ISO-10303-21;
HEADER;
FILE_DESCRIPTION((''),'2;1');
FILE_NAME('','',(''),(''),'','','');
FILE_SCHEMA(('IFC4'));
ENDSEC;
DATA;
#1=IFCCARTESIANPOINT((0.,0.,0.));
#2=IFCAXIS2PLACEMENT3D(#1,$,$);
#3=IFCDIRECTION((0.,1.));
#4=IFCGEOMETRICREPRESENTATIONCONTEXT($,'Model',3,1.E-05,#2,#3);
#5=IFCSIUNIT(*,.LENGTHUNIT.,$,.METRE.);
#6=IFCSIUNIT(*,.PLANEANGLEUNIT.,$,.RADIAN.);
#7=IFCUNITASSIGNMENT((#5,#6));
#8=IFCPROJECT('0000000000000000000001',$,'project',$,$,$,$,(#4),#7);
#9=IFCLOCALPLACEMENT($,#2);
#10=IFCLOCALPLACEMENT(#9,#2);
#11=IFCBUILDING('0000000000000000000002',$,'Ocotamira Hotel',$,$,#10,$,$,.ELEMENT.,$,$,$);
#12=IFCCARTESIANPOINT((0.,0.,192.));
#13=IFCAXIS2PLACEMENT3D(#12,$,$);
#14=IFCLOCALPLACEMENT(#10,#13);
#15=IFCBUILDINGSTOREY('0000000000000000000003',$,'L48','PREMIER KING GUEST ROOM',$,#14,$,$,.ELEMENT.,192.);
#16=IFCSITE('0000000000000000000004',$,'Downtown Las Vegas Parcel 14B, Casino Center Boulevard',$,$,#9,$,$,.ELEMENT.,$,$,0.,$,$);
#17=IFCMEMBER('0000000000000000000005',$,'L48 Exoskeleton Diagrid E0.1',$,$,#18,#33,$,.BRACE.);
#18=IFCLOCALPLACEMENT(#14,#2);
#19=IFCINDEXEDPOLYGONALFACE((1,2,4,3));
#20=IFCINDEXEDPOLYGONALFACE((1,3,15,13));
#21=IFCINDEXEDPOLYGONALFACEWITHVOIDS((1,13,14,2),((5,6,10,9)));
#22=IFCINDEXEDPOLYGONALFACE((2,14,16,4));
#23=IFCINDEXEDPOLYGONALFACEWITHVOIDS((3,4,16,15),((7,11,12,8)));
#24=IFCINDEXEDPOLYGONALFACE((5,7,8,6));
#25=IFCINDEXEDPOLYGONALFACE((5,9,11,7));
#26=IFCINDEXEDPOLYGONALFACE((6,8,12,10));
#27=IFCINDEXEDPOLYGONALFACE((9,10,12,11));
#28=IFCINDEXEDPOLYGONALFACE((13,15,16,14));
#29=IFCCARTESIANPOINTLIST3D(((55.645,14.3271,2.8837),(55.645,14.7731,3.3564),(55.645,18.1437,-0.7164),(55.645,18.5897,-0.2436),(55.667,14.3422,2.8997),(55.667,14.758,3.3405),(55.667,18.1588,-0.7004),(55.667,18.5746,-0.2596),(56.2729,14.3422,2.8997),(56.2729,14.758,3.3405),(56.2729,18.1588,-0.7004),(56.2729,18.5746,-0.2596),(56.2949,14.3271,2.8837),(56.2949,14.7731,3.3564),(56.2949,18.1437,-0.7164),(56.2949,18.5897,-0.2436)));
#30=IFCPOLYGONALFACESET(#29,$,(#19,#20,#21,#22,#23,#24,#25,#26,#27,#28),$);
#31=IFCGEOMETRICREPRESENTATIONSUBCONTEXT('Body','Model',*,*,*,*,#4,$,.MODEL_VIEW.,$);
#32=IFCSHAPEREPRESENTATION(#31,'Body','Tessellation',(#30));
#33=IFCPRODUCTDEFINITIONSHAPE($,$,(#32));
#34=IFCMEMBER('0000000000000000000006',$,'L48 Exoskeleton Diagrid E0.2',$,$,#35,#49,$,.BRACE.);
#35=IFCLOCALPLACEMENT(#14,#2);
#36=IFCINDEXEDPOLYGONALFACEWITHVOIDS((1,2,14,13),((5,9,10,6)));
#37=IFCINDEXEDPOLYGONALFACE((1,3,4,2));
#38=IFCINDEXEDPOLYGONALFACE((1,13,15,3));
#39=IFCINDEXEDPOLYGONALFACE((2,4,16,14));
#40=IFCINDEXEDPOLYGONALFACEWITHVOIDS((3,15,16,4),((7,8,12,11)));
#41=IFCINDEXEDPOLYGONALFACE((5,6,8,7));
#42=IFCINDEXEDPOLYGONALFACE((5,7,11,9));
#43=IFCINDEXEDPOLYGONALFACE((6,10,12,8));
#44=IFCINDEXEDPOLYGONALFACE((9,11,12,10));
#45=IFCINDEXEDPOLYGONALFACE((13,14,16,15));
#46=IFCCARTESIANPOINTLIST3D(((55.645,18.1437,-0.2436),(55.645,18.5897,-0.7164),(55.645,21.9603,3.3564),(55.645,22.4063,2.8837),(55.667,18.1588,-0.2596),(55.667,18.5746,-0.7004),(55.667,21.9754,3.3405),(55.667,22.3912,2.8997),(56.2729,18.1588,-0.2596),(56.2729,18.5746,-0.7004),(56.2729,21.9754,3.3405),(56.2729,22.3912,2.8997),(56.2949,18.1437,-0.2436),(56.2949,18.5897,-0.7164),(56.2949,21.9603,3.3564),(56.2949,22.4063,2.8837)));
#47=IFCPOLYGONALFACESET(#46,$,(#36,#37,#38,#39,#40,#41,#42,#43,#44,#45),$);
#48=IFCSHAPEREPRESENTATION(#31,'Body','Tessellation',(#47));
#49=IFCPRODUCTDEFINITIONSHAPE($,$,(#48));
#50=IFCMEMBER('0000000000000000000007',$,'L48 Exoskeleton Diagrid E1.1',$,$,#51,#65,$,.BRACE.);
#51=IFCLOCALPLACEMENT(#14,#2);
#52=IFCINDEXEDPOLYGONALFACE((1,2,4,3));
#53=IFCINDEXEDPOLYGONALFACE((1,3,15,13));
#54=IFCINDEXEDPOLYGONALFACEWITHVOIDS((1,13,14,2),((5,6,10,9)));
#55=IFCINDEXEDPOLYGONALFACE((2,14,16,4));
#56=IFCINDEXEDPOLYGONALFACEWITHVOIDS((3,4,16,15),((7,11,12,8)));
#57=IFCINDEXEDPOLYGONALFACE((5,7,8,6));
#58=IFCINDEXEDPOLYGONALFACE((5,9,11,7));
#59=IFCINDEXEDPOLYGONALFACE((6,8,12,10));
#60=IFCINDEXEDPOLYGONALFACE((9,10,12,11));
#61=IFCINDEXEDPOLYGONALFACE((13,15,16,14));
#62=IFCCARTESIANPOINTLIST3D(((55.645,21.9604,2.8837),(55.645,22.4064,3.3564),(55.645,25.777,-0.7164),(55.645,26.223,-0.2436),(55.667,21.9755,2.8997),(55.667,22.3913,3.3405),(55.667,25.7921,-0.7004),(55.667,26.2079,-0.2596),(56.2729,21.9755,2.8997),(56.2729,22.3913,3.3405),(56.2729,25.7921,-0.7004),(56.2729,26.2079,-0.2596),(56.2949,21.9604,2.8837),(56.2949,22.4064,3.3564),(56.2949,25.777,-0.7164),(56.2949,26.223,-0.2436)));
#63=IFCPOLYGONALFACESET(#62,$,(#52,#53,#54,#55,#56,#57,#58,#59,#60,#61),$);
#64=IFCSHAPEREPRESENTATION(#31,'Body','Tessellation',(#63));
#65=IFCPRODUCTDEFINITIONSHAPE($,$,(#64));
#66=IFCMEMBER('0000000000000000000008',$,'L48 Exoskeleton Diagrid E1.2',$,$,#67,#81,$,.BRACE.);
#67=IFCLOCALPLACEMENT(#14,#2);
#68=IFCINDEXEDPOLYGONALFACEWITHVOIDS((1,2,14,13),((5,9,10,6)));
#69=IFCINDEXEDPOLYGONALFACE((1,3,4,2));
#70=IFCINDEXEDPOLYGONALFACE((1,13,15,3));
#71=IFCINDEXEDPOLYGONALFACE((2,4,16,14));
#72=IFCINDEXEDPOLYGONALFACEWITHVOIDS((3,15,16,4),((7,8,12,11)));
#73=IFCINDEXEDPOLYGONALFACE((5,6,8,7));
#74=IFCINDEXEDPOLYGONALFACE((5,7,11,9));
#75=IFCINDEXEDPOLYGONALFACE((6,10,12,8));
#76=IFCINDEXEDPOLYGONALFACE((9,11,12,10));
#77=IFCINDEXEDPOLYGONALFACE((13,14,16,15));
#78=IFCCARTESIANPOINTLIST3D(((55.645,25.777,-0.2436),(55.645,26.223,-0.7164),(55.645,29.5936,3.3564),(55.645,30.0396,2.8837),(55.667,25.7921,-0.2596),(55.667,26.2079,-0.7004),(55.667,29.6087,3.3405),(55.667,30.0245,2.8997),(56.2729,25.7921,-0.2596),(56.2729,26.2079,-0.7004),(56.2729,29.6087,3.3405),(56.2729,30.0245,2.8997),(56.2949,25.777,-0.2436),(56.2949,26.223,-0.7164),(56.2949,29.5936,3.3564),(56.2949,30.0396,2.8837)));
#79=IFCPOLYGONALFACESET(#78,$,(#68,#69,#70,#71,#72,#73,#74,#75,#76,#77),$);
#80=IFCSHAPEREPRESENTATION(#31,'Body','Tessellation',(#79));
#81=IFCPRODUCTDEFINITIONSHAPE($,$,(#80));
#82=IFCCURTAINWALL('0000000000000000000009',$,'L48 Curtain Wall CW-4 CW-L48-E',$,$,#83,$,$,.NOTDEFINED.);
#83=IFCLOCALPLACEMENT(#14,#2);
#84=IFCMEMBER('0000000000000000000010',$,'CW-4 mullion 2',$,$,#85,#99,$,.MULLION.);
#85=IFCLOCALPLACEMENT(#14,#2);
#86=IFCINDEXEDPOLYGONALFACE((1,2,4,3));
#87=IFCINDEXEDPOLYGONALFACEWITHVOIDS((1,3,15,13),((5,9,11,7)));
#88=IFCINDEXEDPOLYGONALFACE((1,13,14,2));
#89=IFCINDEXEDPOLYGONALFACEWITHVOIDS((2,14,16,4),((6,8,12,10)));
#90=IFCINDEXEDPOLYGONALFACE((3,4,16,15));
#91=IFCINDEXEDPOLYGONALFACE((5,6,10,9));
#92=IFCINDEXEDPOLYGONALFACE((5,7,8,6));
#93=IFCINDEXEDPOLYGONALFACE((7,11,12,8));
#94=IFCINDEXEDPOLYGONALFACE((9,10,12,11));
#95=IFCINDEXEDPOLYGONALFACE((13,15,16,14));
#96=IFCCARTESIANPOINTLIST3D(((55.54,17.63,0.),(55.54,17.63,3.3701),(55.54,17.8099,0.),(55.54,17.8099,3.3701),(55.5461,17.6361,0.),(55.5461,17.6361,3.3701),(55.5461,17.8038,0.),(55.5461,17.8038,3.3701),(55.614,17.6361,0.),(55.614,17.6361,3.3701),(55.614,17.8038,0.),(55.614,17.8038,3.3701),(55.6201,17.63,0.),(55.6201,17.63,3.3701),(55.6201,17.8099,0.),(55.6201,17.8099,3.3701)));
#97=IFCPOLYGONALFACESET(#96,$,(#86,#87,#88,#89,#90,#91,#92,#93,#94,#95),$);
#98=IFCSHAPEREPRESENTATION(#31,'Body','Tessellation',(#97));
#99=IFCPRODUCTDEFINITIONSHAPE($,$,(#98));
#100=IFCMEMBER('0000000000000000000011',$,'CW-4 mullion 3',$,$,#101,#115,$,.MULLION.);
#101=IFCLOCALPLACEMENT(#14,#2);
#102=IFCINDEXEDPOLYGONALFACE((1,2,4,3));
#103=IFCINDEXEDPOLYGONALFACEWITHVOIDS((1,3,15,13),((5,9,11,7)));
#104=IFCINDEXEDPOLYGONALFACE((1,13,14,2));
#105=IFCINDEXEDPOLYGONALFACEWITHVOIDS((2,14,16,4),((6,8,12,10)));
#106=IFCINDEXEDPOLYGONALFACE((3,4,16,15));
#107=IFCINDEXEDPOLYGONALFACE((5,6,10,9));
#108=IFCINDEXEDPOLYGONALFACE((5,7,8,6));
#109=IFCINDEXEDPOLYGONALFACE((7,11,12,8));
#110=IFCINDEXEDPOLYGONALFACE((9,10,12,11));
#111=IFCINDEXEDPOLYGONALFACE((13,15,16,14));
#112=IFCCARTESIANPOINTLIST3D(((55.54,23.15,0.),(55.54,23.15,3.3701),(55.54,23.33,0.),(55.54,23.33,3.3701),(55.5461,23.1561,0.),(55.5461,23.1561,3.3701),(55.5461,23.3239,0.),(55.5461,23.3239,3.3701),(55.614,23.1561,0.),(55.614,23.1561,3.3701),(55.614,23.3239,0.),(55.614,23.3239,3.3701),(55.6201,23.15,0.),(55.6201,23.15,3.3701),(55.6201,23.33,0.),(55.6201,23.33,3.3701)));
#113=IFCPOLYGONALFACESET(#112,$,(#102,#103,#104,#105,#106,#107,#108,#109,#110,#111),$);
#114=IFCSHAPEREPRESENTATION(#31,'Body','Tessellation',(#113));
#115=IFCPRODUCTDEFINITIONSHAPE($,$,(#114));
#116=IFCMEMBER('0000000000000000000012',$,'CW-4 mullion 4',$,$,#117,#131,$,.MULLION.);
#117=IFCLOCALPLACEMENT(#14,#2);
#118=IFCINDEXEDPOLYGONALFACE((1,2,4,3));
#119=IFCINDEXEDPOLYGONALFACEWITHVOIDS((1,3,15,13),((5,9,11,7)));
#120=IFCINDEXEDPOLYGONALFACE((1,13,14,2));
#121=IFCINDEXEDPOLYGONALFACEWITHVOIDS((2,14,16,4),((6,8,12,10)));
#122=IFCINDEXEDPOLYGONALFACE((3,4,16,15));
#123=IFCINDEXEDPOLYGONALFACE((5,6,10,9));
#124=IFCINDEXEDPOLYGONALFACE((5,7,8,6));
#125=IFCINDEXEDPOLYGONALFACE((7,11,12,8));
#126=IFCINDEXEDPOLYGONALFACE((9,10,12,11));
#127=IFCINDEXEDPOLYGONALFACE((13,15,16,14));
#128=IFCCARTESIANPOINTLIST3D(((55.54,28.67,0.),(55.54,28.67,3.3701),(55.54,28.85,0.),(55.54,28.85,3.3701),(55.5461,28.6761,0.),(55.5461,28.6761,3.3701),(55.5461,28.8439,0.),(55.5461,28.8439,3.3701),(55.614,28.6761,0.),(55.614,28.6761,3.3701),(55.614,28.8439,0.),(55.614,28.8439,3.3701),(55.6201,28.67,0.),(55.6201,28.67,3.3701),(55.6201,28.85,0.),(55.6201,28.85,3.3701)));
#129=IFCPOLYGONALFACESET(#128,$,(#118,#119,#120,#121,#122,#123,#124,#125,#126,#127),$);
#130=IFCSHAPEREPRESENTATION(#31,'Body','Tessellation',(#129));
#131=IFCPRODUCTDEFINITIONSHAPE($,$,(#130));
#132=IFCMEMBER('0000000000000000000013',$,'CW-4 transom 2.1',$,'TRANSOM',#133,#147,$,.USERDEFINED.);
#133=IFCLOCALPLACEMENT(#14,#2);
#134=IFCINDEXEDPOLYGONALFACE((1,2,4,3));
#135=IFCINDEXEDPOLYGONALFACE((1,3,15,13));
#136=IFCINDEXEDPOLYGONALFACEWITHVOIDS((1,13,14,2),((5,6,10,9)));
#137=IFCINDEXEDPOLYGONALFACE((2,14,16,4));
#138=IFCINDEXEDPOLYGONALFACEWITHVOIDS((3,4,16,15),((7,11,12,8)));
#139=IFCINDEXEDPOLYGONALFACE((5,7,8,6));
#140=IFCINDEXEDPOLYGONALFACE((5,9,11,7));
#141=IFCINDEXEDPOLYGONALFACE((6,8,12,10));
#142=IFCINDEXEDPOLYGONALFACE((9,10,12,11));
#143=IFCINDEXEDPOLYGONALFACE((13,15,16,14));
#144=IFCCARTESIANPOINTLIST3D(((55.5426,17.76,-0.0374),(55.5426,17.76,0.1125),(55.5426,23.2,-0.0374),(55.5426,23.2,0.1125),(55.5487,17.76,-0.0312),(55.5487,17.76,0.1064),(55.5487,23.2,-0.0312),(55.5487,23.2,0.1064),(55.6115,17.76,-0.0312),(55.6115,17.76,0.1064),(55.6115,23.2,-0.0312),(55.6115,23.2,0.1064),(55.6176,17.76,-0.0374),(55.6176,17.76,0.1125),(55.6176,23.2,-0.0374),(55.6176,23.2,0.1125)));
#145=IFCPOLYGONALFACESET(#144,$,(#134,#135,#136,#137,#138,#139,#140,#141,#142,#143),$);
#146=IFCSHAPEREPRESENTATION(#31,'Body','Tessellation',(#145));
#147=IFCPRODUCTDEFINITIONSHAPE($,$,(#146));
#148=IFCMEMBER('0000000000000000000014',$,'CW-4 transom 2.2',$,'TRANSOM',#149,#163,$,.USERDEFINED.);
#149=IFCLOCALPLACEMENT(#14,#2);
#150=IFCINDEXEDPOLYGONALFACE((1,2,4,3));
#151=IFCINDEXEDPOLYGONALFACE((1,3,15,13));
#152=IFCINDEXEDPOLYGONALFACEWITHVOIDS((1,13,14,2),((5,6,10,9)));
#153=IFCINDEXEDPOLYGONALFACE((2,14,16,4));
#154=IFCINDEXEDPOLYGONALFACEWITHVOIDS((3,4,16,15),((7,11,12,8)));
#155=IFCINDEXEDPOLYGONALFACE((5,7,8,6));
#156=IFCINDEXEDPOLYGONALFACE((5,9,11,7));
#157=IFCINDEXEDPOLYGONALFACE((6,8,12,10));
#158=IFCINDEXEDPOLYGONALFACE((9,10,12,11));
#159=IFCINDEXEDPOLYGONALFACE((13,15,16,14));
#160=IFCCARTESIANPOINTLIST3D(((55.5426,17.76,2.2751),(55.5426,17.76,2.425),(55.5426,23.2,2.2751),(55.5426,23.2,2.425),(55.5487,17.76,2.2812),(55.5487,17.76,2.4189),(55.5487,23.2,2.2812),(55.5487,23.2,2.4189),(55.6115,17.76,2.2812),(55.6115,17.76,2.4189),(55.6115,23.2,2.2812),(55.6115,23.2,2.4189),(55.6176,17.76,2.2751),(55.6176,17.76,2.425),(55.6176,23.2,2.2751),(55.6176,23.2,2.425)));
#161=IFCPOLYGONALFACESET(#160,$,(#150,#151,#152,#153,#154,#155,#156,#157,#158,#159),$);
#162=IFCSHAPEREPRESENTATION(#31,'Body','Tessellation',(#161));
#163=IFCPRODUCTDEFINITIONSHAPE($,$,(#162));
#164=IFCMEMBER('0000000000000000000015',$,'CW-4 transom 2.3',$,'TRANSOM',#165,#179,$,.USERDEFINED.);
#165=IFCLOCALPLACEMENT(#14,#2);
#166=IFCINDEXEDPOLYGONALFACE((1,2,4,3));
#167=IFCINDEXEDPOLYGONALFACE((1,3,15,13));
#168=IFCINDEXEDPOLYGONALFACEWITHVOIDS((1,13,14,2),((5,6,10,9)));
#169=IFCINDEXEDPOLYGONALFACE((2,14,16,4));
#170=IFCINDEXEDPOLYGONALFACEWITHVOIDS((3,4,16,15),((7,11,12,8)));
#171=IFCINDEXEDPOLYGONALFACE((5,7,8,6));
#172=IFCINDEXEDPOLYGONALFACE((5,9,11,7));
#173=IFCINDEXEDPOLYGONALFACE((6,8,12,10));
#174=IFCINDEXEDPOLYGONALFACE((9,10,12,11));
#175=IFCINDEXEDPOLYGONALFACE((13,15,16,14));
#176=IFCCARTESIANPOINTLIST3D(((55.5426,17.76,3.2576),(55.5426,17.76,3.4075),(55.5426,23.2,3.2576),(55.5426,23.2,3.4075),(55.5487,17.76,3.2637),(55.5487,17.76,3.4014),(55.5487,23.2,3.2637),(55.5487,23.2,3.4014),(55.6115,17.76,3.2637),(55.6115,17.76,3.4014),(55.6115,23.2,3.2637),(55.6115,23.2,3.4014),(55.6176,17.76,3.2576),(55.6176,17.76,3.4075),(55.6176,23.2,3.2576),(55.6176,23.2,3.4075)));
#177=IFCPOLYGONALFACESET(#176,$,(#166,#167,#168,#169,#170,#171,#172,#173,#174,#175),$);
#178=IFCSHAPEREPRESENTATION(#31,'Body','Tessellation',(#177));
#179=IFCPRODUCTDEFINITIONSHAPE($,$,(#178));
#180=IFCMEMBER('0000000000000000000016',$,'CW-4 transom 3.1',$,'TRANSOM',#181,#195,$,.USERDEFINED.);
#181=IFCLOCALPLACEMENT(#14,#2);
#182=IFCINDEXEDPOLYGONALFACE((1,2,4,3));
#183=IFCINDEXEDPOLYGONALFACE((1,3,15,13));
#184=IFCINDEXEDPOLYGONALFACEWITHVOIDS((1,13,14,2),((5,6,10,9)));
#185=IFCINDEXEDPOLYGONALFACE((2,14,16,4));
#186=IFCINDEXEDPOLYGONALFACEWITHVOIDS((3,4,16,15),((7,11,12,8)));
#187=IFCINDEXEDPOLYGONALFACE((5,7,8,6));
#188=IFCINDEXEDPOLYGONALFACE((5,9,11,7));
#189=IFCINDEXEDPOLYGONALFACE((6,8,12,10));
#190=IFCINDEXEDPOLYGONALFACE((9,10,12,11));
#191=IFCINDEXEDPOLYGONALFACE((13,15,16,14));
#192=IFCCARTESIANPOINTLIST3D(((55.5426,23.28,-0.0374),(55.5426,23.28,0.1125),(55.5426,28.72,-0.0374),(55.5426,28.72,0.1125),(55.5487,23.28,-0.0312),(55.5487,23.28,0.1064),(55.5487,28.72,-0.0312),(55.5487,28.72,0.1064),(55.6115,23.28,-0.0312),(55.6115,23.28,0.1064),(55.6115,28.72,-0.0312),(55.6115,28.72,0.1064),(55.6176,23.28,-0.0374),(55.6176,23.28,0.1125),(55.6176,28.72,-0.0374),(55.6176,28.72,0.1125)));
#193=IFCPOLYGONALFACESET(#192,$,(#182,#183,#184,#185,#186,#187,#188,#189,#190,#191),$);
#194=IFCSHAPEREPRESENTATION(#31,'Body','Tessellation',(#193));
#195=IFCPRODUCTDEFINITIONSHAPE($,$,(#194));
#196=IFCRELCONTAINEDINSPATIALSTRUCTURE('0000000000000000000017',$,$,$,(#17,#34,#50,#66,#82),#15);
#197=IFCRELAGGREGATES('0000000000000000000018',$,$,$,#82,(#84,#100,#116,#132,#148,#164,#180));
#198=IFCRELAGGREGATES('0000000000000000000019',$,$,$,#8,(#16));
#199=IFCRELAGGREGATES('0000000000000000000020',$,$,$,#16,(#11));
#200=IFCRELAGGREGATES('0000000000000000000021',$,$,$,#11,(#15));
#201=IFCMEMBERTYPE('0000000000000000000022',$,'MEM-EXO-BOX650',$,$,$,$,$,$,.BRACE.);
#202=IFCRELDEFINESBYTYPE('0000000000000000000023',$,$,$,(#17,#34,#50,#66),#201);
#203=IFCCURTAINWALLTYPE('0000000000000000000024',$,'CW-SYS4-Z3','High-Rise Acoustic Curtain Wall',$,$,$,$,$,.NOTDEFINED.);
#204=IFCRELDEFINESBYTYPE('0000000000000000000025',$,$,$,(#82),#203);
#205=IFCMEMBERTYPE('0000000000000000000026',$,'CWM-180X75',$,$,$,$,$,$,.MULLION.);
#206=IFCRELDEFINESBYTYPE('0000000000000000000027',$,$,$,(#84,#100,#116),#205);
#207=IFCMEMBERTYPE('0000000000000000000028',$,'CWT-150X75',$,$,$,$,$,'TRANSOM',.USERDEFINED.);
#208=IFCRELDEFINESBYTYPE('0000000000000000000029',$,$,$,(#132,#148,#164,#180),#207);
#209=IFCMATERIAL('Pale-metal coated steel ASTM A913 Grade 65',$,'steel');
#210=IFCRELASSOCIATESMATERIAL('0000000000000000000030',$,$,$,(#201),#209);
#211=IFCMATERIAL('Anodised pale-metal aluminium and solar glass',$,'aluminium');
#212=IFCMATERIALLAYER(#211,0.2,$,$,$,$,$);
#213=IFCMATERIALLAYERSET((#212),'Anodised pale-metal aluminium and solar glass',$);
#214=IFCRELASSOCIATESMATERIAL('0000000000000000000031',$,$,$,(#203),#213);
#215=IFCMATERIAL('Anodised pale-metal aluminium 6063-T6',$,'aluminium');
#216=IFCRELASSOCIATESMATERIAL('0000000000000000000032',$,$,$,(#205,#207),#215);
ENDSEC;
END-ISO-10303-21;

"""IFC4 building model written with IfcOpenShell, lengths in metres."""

from ifc_helpers import new_model, si_unit, direction, frame, origin, origin_2d, place, context, subcontext, project, spatial, hollow_rectangle, extrude, source, transform, mapped, material, layer, layer_set, material_profile, profile_set, type_object, element, aggregate, save


model = new_model("IFC4")

# Units and contexts
model_context = context("Model", 3, precision=1e-05, world=origin(), true_north=direction((0.0, 1.0)))
body_context = subcontext(model_context, "Body", "Model", "MODEL_VIEW")
ifc_project = project(units=[si_unit("LENGTHUNIT", "METRE"), si_unit("PLANEANGLEUNIT", "RADIAN")], contexts=[model_context])

# Site, building, storey
site_placement = place(None, origin())
site = spatial("IfcSite", under=ifc_project, at=site_placement, Name="Downtown Las Vegas Parcel 14B, Casino Center Boulevard", CompositionType="ELEMENT", RefElevation=0.0)
building_placement = place(site_placement, origin())
building = spatial("IfcBuilding", under=site, at=building_placement, Name="Ocotamira Hotel", CompositionType="ELEMENT")
storey_placement = place(building_placement, frame((0.0, 0.0, 192.0)))
storey = spatial("IfcBuildingStorey", under=building, at=storey_placement, Name="L48", Description="PREMIER KING GUEST ROOM", CompositionType="ELEMENT", Elevation=192.0)

# Members
ifc_material_1 = material(Name="Pale-metal coated steel ASTM A913 Grade 65", Category="steel")
ifc_material_profile_1 = material_profile(ifc_material_1, hollow_rectangle(XDim=0.6499, YDim=0.6499, WallThickness=0.022, at=origin_2d()), Name="BOX650X650X22")
ifc_profile_set_1 = profile_set([ifc_material_profile_1], Name="Pale-metal coated steel ASTM A913 Grade 65")
member_type_1 = type_object("IfcMemberType", Name="MEM-EXO-BOX650", PredefinedType="BRACE", material=ifc_profile_set_1)
shared_shape_1 = source(origin(), body_context, "Body", "SweptSolid", [
    extrude(hollow_rectangle(XDim=0.6499, YDim=0.6499, WallThickness=0.022, at=origin_2d()), origin(), (0.0, 0.0, 1.0), 5.2466),
])
for number, where, z_axis, x_axis, name in (
    (1, (55.97, 18.3667, -0.48), (0.0, -0.727443, 0.686168), (1.0, 0.0, 0.0), "L48 Exoskeleton Diagrid E0.1"),
    (2, (55.97, 18.3667, -0.48), (0.0, 0.727443, 0.686168), (-1.0, 0.0, 0.0), "L48 Exoskeleton Diagrid E0.2"),
    (3, (55.97, 26.0, -0.48), (0.0, -0.727443, 0.686168), (1.0, 0.0, 0.0), "L48 Exoskeleton Diagrid E1.1"),
    (4, (55.97, 26.0, -0.48), (0.0, 0.727443, 0.686168), (-1.0, 0.0, 0.0), "L48 Exoskeleton Diagrid E1.2"),
):
    element("IfcMember", number, at=place(storey_placement, frame(where, z_axis=z_axis, x_axis=x_axis)), inside=storey, type_object=member_type_1, Name=name, PredefinedType="BRACE", context=body_context, shape_type="MappedRepresentation", body=[
        mapped(shared_shape_1, transform((0.0, 0.0, 0.0), scale=1.0)),
    ])

# Curtain wall, members
ifc_material_2 = material(Name="Anodised pale-metal aluminium and solar glass", Category="aluminium")
ifc_layer_1 = layer(ifc_material_2, 0.2)
ifc_layer_set_1 = layer_set([ifc_layer_1], Name="Anodised pale-metal aluminium and solar glass")
curtain_wall_type = type_object("IfcCurtainWallType", Name="CW-SYS4-Z3", Description="High-Rise Acoustic Curtain Wall", PredefinedType="NOTDEFINED", material=ifc_layer_set_1)
curtain_wall_placement = place(storey_placement, origin())
curtain_wall = element("IfcCurtainWall", 5, at=curtain_wall_placement, inside=storey, type_object=curtain_wall_type, Name="L48 Curtain Wall CW-4 CW-L48-E", PredefinedType="NOTDEFINED")
ifc_material_3 = material(Name="Anodised pale-metal aluminium 6063-T6", Category="aluminium")
ifc_material_profile_2 = material_profile(ifc_material_3, hollow_rectangle(XDim=0.0801, YDim=0.1799, WallThickness=0.0061, at=origin_2d()), Name="HSS180X80X6")
ifc_profile_set_2 = profile_set([ifc_material_profile_2], Name="Anodised pale-metal aluminium 6063-T6")
member_type_2 = type_object("IfcMemberType", Name="CWM-180X75", PredefinedType="MULLION", material=ifc_profile_set_2)
shared_shape_2 = source(origin(), body_context, "Body", "SweptSolid", [
    extrude(hollow_rectangle(XDim=0.0801, YDim=0.1799, WallThickness=0.0061, at=origin_2d()), origin(), (0.0, 0.0, 1.0), 3.3701),
])
member_1_placement = place(storey_placement, frame((55.5801, 17.72, 0.0), z_axis=(0.0, 0.0, 1.0), x_axis=(-1.0, 0.0, 0.0)))
member_1 = element("IfcMember", 6, at=member_1_placement, type_object=member_type_2, Name="CW-4 mullion 2", PredefinedType="MULLION", context=body_context, shape_type="MappedRepresentation", body=[
    mapped(shared_shape_2, transform((0.0, 0.0, 0.0), scale=1.0)),
])
member_2_placement = place(storey_placement, frame((55.5801, 23.24, 0.0), z_axis=(0.0, 0.0, 1.0), x_axis=(-1.0, 0.0, 0.0)))
member_2 = element("IfcMember", 7, at=member_2_placement, type_object=member_type_2, Name="CW-4 mullion 3", PredefinedType="MULLION", context=body_context, shape_type="MappedRepresentation", body=[
    mapped(shared_shape_2, transform((0.0, 0.0, 0.0), scale=1.0)),
])
member_3_placement = place(storey_placement, frame((55.5801, 28.76, 0.0), z_axis=(0.0, 0.0, 1.0), x_axis=(-1.0, 0.0, 0.0)))
member_3 = element("IfcMember", 8, at=member_3_placement, type_object=member_type_2, Name="CW-4 mullion 4", PredefinedType="MULLION", context=body_context, shape_type="MappedRepresentation", body=[
    mapped(shared_shape_2, transform((0.0, 0.0, 0.0), scale=1.0)),
])
ifc_material_profile_3 = material_profile(ifc_material_3, hollow_rectangle(XDim=0.075, YDim=0.1499, WallThickness=0.0061, at=origin_2d()), Name="HSS150X75X6")
ifc_profile_set_3 = profile_set([ifc_material_profile_3], Name="Anodised pale-metal aluminium 6063-T6")
member_type_3 = type_object("IfcMemberType", Name="CWT-150X75", ElementType="TRANSOM", PredefinedType="USERDEFINED", material=ifc_profile_set_3)
shared_shape_3 = source(origin(), body_context, "Body", "SweptSolid", [
    extrude(hollow_rectangle(XDim=0.075, YDim=0.1499, WallThickness=0.0061, at=origin_2d()), origin(), (0.0, 0.0, 1.0), 5.4399),
])
member_4_placement = place(storey_placement, frame((55.5801, 17.76, 0.0376), z_axis=(0.0, 1.0, 0.0), x_axis=(-1.0, 0.0, 0.0)))
member_4 = element("IfcMember", 9, at=member_4_placement, type_object=member_type_3, Name="CW-4 transom 2.1", ObjectType="TRANSOM", PredefinedType="USERDEFINED", context=body_context, shape_type="MappedRepresentation", body=[
    mapped(shared_shape_3, transform((0.0, 0.0, 0.0), scale=1.0)),
])
member_5_placement = place(storey_placement, frame((55.5801, 17.76, 2.3501), z_axis=(0.0, 1.0, 0.0), x_axis=(-1.0, 0.0, 0.0)))
member_5 = element("IfcMember", 10, at=member_5_placement, type_object=member_type_3, Name="CW-4 transom 2.2", ObjectType="TRANSOM", PredefinedType="USERDEFINED", context=body_context, shape_type="MappedRepresentation", body=[
    mapped(shared_shape_3, transform((0.0, 0.0, 0.0), scale=1.0)),
])
member_6_placement = place(storey_placement, frame((55.5801, 17.76, 3.3325), z_axis=(0.0, 1.0, 0.0), x_axis=(-1.0, 0.0, 0.0)))
member_6 = element("IfcMember", 11, at=member_6_placement, type_object=member_type_3, Name="CW-4 transom 2.3", ObjectType="TRANSOM", PredefinedType="USERDEFINED", context=body_context, shape_type="MappedRepresentation", body=[
    mapped(shared_shape_3, transform((0.0, 0.0, 0.0), scale=1.0)),
])
member_7_placement = place(storey_placement, frame((55.5801, 23.28, 0.0376), z_axis=(0.0, 1.0, 0.0), x_axis=(-1.0, 0.0, 0.0)))
member_7 = element("IfcMember", 12, at=member_7_placement, type_object=member_type_3, Name="CW-4 transom 3.1", ObjectType="TRANSOM", PredefinedType="USERDEFINED", context=body_context, shape_type="MappedRepresentation", body=[
    mapped(shared_shape_3, transform((0.0, 0.0, 0.0), scale=1.0)),
])

aggregate(curtain_wall, [member_1, member_2, member_3, member_4, member_5, member_6, member_7])

save(model, "model.ifc")
